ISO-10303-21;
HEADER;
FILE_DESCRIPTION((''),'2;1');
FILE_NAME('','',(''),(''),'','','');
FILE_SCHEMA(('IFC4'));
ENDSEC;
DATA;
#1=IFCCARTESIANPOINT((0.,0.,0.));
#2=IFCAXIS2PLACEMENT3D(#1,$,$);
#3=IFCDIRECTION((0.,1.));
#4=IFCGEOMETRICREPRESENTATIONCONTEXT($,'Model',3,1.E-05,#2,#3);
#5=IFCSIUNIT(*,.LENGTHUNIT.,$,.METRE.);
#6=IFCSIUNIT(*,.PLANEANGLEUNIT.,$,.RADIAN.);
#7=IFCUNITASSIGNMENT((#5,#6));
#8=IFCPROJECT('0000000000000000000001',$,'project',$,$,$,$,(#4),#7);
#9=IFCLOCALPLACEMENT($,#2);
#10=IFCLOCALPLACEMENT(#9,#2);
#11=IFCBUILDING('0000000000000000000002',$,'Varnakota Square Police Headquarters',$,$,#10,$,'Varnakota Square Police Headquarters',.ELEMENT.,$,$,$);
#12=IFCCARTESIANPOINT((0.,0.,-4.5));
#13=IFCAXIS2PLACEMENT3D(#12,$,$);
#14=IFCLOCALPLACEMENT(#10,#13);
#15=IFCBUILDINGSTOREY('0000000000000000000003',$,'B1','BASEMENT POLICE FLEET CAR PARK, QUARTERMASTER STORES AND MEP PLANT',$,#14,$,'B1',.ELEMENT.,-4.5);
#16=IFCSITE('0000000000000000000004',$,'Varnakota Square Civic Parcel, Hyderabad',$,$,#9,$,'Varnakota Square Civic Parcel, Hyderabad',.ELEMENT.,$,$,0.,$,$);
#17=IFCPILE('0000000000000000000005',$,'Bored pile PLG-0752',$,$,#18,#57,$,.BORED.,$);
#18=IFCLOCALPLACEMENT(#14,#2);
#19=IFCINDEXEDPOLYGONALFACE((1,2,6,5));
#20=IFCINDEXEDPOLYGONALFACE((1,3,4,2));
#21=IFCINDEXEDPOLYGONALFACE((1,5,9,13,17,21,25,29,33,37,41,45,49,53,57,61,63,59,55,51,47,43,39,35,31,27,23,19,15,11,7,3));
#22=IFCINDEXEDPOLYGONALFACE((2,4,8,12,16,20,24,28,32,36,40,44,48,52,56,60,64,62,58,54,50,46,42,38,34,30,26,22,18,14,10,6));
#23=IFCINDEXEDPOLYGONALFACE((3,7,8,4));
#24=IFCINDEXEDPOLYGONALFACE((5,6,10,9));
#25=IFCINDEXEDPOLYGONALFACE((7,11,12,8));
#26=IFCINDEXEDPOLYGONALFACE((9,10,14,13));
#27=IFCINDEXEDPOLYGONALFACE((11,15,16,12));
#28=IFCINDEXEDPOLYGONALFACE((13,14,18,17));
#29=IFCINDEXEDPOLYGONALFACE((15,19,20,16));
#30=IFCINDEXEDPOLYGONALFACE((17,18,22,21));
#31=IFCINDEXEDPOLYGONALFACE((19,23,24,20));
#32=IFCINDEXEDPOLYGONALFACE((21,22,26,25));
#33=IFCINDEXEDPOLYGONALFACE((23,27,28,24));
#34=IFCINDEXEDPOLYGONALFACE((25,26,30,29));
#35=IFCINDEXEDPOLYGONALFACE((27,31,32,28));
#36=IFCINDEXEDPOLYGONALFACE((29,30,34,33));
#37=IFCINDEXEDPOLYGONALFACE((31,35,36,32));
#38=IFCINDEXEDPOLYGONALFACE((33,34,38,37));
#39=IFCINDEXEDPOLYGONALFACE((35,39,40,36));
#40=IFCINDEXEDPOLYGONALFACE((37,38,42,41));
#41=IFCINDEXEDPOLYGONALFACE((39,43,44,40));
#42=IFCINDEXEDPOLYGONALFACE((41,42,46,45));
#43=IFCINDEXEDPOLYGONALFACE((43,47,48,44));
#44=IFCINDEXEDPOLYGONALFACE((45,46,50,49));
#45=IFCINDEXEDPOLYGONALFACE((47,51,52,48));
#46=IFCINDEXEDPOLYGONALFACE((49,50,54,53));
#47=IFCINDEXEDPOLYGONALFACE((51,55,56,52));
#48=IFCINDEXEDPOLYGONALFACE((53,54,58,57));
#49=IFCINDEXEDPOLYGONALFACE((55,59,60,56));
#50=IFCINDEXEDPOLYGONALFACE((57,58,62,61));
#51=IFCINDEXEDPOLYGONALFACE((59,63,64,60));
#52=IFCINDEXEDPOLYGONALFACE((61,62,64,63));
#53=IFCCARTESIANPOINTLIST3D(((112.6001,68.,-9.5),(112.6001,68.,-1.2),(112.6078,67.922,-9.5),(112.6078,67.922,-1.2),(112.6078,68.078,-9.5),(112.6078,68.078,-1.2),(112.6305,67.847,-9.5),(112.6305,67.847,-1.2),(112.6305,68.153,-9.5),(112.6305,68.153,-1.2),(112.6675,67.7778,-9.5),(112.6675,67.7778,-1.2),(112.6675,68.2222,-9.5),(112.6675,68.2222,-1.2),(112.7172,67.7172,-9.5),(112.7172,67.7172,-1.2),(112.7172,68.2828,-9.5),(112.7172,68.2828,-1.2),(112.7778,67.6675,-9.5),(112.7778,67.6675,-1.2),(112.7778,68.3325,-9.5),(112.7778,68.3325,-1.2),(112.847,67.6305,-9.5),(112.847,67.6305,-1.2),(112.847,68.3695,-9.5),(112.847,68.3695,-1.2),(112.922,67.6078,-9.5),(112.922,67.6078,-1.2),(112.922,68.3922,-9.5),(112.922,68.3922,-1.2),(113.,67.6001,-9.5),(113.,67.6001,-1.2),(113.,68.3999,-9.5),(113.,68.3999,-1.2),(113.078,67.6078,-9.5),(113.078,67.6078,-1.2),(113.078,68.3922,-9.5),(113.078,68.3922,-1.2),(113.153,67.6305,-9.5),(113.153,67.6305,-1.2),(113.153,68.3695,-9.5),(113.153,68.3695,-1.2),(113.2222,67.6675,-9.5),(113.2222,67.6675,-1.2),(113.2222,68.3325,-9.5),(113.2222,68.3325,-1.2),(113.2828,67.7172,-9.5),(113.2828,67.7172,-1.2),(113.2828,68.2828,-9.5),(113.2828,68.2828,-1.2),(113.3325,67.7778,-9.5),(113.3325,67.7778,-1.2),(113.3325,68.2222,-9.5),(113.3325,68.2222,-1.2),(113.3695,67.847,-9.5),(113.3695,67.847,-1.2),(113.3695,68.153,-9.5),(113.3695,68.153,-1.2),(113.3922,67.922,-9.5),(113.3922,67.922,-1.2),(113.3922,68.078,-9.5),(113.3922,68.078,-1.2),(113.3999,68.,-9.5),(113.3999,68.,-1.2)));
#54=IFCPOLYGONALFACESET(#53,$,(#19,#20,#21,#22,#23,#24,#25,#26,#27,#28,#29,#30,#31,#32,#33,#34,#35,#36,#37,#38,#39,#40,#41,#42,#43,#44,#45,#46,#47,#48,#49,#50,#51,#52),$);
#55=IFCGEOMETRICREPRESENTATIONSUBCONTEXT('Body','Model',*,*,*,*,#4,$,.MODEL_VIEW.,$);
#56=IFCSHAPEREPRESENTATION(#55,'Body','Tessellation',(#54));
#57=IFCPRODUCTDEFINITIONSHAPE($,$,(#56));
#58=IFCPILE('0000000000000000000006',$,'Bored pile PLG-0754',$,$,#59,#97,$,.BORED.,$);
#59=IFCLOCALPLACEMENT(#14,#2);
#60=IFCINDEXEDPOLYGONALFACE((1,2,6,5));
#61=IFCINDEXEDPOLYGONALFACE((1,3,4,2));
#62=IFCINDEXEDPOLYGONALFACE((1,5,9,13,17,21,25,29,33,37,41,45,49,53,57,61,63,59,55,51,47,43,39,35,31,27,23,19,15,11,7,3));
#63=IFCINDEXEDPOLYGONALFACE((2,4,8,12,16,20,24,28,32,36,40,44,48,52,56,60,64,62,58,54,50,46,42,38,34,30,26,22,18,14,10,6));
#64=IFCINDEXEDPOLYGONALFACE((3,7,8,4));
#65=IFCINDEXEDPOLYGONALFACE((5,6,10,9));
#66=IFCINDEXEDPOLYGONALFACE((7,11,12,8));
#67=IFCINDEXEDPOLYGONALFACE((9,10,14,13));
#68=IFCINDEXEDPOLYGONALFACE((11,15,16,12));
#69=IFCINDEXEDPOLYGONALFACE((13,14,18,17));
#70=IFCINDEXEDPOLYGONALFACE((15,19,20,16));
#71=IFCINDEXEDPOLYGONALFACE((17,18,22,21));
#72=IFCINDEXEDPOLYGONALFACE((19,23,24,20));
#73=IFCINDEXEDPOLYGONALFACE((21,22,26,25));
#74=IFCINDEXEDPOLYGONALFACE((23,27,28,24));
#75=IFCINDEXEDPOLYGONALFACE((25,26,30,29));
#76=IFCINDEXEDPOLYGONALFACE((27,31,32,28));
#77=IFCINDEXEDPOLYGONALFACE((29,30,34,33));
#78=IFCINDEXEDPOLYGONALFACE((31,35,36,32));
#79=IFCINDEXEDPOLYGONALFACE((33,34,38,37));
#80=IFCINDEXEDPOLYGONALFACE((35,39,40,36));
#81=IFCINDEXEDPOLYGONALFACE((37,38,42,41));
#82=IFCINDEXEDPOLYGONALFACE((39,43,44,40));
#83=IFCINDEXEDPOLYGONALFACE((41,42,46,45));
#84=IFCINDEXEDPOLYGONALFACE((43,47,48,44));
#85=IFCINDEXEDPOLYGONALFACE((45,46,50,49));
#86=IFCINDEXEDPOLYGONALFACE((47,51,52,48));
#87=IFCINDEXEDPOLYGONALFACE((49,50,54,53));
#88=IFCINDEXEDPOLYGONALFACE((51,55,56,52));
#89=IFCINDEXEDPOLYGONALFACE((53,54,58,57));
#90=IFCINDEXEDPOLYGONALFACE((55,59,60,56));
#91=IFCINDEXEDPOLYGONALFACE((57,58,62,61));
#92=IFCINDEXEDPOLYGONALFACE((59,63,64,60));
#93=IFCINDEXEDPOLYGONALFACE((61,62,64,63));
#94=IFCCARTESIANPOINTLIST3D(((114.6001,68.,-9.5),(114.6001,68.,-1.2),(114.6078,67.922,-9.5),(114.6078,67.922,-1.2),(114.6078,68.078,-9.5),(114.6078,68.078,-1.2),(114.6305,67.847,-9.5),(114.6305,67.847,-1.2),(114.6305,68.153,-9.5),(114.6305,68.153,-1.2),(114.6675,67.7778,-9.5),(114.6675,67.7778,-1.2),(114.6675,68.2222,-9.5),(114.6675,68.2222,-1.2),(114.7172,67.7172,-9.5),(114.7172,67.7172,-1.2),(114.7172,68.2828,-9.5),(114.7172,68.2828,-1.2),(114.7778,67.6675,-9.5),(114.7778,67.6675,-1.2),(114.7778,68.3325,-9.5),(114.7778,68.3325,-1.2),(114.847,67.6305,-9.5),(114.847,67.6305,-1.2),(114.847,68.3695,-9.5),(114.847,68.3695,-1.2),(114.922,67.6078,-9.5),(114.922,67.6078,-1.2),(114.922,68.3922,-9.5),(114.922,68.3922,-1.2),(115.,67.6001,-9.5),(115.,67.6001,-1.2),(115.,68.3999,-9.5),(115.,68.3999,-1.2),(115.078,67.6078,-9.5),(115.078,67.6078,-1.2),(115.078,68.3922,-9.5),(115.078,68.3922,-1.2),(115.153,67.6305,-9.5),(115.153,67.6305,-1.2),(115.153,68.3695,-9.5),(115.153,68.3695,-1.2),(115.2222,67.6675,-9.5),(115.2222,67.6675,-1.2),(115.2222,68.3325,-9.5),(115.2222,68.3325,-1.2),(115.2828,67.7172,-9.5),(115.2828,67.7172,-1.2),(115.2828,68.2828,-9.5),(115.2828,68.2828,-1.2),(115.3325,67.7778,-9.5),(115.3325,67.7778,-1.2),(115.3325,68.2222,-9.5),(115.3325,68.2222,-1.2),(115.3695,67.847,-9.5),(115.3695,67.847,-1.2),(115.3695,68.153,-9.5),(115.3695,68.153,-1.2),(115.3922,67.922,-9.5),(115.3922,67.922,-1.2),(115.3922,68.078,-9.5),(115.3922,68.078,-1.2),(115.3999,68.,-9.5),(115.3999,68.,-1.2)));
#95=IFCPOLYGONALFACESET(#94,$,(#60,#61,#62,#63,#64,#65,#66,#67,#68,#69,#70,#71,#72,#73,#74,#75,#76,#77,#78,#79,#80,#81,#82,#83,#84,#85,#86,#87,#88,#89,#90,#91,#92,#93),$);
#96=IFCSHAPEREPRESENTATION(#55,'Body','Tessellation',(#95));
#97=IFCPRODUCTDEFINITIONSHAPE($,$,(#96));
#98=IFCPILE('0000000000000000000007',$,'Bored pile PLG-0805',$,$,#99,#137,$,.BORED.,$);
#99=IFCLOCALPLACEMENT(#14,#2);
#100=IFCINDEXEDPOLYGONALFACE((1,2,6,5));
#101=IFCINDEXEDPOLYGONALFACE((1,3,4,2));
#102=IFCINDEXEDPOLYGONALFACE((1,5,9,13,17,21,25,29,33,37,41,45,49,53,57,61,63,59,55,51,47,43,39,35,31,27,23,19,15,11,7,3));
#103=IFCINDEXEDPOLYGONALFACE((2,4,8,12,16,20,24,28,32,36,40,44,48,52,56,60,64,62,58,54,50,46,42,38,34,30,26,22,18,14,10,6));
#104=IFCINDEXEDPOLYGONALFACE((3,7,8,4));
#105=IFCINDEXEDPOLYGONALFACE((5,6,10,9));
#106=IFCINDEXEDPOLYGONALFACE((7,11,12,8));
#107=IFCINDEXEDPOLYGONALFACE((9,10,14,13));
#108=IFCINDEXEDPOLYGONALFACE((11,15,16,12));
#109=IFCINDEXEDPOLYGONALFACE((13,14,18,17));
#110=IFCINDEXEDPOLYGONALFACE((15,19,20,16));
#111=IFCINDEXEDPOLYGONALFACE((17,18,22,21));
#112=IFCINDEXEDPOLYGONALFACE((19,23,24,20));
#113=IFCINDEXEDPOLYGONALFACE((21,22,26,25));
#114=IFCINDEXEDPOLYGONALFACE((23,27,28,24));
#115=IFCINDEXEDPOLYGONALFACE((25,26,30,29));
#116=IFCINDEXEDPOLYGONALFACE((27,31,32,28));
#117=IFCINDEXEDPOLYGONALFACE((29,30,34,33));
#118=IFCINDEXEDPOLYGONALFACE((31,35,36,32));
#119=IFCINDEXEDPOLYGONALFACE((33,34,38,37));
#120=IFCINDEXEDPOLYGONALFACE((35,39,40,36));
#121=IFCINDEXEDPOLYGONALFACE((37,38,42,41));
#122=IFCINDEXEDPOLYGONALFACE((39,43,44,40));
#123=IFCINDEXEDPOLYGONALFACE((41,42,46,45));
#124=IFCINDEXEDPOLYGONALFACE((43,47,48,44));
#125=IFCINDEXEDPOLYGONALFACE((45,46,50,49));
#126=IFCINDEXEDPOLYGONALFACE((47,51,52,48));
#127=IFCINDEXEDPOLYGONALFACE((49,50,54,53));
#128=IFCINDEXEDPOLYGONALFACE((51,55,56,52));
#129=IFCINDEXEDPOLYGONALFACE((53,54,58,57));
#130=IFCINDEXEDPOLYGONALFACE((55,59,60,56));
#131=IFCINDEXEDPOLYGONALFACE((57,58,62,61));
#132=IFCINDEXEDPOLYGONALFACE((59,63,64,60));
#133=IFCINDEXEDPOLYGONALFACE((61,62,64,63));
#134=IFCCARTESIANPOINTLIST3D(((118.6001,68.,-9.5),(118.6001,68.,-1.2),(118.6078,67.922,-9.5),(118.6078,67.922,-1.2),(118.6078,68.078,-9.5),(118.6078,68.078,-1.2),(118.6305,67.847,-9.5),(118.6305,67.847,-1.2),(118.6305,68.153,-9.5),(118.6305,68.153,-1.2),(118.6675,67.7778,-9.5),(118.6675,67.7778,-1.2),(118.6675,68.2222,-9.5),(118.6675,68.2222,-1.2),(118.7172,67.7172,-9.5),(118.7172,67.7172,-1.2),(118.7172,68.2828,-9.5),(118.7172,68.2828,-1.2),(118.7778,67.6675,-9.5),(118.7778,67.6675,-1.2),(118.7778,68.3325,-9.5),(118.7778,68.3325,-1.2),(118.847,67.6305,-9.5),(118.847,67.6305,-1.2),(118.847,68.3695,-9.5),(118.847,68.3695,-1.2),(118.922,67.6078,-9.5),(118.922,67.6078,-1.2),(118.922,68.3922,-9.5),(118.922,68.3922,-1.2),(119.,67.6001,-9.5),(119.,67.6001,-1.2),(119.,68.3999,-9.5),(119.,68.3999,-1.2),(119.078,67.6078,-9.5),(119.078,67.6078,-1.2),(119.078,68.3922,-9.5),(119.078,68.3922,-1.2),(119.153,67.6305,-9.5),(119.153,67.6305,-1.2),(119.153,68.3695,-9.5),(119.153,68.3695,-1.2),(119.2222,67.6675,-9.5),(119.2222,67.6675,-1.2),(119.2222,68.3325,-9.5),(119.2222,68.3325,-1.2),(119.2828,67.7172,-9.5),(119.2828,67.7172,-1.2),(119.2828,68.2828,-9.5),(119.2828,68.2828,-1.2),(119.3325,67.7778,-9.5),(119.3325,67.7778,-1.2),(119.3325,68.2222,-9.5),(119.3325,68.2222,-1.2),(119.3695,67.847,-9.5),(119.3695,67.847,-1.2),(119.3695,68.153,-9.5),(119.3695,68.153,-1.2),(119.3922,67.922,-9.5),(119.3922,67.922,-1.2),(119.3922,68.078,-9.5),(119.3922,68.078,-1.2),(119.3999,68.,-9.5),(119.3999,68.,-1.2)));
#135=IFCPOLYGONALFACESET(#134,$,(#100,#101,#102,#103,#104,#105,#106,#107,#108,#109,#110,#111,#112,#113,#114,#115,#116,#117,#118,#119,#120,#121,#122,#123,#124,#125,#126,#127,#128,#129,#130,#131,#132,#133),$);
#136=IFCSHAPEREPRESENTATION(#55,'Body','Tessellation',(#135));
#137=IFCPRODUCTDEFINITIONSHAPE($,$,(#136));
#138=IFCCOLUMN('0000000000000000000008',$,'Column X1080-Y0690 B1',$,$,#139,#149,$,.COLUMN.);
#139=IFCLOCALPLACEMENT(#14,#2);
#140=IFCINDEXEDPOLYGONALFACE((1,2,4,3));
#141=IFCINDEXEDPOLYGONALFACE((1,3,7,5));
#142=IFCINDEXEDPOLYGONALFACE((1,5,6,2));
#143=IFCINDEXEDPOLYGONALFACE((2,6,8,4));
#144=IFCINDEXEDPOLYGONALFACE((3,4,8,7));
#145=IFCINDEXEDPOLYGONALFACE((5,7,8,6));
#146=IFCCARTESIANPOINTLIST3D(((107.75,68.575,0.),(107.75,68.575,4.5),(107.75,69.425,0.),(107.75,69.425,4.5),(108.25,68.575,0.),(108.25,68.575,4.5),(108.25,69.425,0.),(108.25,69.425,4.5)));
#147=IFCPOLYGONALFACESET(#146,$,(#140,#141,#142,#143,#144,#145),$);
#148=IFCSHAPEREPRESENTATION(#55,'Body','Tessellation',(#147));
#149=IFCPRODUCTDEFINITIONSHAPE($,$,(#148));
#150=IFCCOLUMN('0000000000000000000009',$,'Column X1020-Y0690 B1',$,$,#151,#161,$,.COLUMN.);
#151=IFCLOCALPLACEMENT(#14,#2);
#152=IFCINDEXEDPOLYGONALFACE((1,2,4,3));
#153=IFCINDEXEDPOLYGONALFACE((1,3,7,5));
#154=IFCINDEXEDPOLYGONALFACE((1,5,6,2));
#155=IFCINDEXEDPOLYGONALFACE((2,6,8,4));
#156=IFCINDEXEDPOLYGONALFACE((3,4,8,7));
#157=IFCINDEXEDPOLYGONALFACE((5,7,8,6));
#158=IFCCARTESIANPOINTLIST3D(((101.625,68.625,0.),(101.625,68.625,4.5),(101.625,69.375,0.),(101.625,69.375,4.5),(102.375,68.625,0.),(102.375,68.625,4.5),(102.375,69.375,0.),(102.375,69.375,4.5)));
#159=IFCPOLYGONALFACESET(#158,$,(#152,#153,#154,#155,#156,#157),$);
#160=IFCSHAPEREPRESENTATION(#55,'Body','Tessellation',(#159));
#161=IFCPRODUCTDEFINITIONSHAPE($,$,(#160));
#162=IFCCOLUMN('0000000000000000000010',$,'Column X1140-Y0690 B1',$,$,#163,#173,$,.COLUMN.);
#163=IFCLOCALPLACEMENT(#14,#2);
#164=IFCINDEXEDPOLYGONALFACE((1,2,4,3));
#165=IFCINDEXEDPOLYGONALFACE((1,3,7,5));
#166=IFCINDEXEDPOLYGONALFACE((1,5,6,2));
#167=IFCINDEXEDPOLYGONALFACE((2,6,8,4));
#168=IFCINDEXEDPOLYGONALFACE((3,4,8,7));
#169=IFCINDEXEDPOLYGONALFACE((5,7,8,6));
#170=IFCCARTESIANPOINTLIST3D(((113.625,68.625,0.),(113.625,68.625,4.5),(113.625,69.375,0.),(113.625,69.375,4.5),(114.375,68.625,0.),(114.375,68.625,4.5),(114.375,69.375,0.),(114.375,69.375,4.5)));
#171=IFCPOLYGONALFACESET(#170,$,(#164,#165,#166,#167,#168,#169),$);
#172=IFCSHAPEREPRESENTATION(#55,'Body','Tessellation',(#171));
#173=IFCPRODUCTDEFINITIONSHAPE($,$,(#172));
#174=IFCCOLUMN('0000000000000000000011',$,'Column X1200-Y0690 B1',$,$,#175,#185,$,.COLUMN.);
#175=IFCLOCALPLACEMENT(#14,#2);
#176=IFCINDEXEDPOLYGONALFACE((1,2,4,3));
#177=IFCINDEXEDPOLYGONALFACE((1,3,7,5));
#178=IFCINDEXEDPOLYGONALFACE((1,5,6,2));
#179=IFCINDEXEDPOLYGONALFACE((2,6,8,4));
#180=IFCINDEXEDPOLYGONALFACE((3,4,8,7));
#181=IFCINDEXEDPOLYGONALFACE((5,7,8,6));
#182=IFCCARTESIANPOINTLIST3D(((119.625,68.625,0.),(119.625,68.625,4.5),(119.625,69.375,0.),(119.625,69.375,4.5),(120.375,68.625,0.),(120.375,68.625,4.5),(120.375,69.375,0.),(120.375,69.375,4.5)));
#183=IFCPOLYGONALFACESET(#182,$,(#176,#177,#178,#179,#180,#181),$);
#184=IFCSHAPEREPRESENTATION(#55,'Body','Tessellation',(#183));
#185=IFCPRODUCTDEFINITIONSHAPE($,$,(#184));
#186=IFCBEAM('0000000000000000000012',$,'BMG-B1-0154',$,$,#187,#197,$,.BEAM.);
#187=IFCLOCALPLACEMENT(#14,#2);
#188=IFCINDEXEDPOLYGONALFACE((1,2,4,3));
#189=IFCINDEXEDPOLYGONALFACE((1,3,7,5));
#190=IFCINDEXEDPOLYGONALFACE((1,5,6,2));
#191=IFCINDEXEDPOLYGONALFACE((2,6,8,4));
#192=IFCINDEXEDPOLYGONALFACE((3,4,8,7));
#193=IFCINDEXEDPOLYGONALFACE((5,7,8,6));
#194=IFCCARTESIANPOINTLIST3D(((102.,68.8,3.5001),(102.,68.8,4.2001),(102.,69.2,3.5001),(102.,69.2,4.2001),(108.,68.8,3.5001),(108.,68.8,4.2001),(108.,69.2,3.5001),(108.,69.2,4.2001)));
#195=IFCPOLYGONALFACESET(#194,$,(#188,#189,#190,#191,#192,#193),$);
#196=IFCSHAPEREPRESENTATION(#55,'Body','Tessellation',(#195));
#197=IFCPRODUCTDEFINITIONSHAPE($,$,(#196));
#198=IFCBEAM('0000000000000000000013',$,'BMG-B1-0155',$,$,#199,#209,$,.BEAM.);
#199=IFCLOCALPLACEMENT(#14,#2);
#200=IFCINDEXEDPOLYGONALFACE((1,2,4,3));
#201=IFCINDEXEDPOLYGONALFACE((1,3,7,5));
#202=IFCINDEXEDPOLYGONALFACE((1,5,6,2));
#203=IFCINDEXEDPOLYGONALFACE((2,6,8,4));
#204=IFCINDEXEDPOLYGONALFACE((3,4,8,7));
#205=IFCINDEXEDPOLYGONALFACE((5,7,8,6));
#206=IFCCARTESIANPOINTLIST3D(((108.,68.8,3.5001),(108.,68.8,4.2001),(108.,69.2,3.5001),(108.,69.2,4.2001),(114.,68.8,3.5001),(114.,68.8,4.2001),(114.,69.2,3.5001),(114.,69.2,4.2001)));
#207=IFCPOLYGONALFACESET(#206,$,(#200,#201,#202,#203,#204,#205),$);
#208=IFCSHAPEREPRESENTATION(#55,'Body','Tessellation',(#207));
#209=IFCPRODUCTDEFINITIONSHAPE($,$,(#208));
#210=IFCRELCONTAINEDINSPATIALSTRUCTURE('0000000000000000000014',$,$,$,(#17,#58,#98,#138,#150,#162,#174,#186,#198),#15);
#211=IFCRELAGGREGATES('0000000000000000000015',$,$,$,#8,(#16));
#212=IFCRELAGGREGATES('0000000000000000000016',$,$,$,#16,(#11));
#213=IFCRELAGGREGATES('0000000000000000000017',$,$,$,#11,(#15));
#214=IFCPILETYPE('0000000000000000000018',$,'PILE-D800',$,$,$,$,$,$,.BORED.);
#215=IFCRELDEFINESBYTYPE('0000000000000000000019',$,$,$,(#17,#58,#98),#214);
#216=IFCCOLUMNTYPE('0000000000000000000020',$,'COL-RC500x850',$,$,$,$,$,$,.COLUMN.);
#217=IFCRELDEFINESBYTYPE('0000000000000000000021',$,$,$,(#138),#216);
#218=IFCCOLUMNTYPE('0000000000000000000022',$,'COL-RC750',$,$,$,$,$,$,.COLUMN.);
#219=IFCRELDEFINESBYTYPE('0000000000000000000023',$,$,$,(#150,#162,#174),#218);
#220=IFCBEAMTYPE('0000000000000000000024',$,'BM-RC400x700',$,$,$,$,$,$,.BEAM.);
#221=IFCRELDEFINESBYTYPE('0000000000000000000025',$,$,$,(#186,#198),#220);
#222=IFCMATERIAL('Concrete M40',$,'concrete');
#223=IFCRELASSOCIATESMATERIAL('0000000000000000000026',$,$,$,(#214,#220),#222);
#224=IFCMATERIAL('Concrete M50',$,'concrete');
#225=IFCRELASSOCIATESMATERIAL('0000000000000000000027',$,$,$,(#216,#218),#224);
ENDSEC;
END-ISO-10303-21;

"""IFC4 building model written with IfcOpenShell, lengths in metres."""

from ifc_helpers import new_model, si_unit, direction, frame, origin, origin_2d, place, context, subcontext, project, spatial, rectangle, circle, extrude, material, material_profile, profile_set, type_object, element, save


model = new_model("IFC4")

# Units and contexts
model_context = context("Model", 3, precision=1e-05, world=origin(), true_north=direction((0.0, 1.0)))
body_context = subcontext(model_context, "Body", "Model", "MODEL_VIEW")
ifc_project = project(units=[si_unit("LENGTHUNIT", "METRE"), si_unit("PLANEANGLEUNIT", "RADIAN")], contexts=[model_context])

# Site, building, storey
site_placement = place(None, origin())
site = spatial("IfcSite", under=ifc_project, at=site_placement, Name="Varnakota Square Civic Parcel, Hyderabad", LongName="Varnakota Square Civic Parcel, Hyderabad", CompositionType="ELEMENT", RefElevation=0.0)
building_placement = place(site_placement, origin())
building = spatial("IfcBuilding", under=site, at=building_placement, Name="Varnakota Square Police Headquarters", LongName="Varnakota Square Police Headquarters", CompositionType="ELEMENT")
storey_placement = place(building_placement, frame((0.0, 0.0, -4.5)))
storey = spatial("IfcBuildingStorey", under=building, at=storey_placement, Name="B1", Description="BASEMENT POLICE FLEET CAR PARK, QUARTERMASTER STORES AND MEP PLANT", LongName="B1", CompositionType="ELEMENT", Elevation=-4.5)

# Shared definitions
ifc_material_1 = material(Name="Concrete M40", Category="concrete")

# Piles
ifc_material_profile_1 = material_profile(ifc_material_1, circle(Radius=0.3999, at=origin_2d()), Name="BORED PILE 800")
ifc_profile_set_1 = profile_set([ifc_material_profile_1], Name="Concrete M40")
pile_type = type_object("IfcPileType", Name="PILE-D800", PredefinedType="BORED", material=ifc_profile_set_1)
for number, where, z_axis, x_axis, name in (
    (1, (113.0, 68.0, -1.2), (0.0, 0.0, -1.0), (1.0, 0.0, 0.0), "Bored pile PLG-0752"),
    (2, (115.0, 68.0, -1.2), (0.0, 0.0, -1.0), (1.0, 0.0, 0.0), "Bored pile PLG-0754"),
    (3, (119.0, 68.0, -1.2), (0.0, 0.0, -1.0), (1.0, 0.0, 0.0), "Bored pile PLG-0805"),
):
    element("IfcPile", number, at=place(storey_placement, frame(where, z_axis=z_axis, x_axis=x_axis)), inside=storey, type_object=pile_type, Name=name, PredefinedType="BORED", context=body_context, shape_type="SweptSolid", body=[
        extrude(circle(Radius=0.3999, at=origin_2d()), origin(), (0.0, 0.0, 1.0), 8.3),
    ])

# Columns
ifc_material_2 = material(Name="Concrete M50", Category="concrete")
ifc_material_profile_2 = material_profile(ifc_material_2, rectangle(XDim=0.5, YDim=0.8501, at=origin_2d()), Name="RC 500x850")
ifc_profile_set_2 = profile_set([ifc_material_profile_2], Name="Concrete M50")
column_type_1 = type_object("IfcColumnType", Name="COL-RC500x850", PredefinedType="COLUMN", material=ifc_profile_set_2)
column_placement = place(storey_placement, frame((108.0, 69.0, 0.0), z_axis=(0.0, 0.0, 1.0), x_axis=(1.0, 0.0, 0.0)))
element("IfcColumn", 4, at=column_placement, inside=storey, type_object=column_type_1, Name="Column X1080-Y0690 B1", PredefinedType="COLUMN", context=body_context, shape_type="SweptSolid", body=[
    extrude(rectangle(XDim=0.5, YDim=0.8501, at=origin_2d()), origin(), (0.0, 0.0, 1.0), 4.5),
])
ifc_material_profile_3 = material_profile(ifc_material_2, rectangle(XDim=0.75, YDim=0.75, at=origin_2d()), Name="RC 750x750")
ifc_profile_set_3 = profile_set([ifc_material_profile_3], Name="Concrete M50")
column_type_2 = type_object("IfcColumnType", Name="COL-RC750", PredefinedType="COLUMN", material=ifc_profile_set_3)
for number, where, z_axis, x_axis, name in (
    (5, (102.0, 69.0, 0.0), (0.0, 0.0, 1.0), (1.0, 0.0, 0.0), "Column X1020-Y0690 B1"),
    (6, (114.0, 69.0, 0.0), (0.0, 0.0, 1.0), (1.0, 0.0, 0.0), "Column X1140-Y0690 B1"),
    (7, (120.0, 69.0, 0.0), (0.0, 0.0, 1.0), (1.0, 0.0, 0.0), "Column X1200-Y0690 B1"),
):
    element("IfcColumn", number, at=place(storey_placement, frame(where, z_axis=z_axis, x_axis=x_axis)), inside=storey, type_object=column_type_2, Name=name, PredefinedType="COLUMN", context=body_context, shape_type="SweptSolid", body=[
        extrude(rectangle(XDim=0.75, YDim=0.75, at=origin_2d()), origin(), (0.0, 0.0, 1.0), 4.5),
    ])

# Beams
ifc_material_profile_4 = material_profile(ifc_material_1, rectangle(XDim=0.3999, YDim=0.7, at=origin_2d()), Name="RC 400x700")
ifc_profile_set_4 = profile_set([ifc_material_profile_4], Name="Concrete M40")
beam_type_1 = type_object("IfcBeamType", Name="BM-RC400x700", PredefinedType="BEAM", material=ifc_profile_set_4)
for number, where, z_axis, x_axis, name in (
    (8, (102.0, 69.0, 3.8501), (1.0, 0.0, 0.0), (0.0, 1.0, 0.0), "BMG-B1-0154"),
    (9, (108.0, 69.0, 3.8501), (1.0, 0.0, 0.0), (0.0, 1.0, 0.0), "BMG-B1-0155"),
):
    element("IfcBeam", number, at=place(storey_placement, frame(where, z_axis=z_axis, x_axis=x_axis)), inside=storey, type_object=beam_type_1, Name=name, PredefinedType="BEAM", context=body_context, shape_type="SweptSolid", body=[
        extrude(rectangle(XDim=0.3999, YDim=0.7, at=origin_2d()), origin(), (0.0, 0.0, 1.0), 6.0),
    ])

save(model, "model.ifc")
